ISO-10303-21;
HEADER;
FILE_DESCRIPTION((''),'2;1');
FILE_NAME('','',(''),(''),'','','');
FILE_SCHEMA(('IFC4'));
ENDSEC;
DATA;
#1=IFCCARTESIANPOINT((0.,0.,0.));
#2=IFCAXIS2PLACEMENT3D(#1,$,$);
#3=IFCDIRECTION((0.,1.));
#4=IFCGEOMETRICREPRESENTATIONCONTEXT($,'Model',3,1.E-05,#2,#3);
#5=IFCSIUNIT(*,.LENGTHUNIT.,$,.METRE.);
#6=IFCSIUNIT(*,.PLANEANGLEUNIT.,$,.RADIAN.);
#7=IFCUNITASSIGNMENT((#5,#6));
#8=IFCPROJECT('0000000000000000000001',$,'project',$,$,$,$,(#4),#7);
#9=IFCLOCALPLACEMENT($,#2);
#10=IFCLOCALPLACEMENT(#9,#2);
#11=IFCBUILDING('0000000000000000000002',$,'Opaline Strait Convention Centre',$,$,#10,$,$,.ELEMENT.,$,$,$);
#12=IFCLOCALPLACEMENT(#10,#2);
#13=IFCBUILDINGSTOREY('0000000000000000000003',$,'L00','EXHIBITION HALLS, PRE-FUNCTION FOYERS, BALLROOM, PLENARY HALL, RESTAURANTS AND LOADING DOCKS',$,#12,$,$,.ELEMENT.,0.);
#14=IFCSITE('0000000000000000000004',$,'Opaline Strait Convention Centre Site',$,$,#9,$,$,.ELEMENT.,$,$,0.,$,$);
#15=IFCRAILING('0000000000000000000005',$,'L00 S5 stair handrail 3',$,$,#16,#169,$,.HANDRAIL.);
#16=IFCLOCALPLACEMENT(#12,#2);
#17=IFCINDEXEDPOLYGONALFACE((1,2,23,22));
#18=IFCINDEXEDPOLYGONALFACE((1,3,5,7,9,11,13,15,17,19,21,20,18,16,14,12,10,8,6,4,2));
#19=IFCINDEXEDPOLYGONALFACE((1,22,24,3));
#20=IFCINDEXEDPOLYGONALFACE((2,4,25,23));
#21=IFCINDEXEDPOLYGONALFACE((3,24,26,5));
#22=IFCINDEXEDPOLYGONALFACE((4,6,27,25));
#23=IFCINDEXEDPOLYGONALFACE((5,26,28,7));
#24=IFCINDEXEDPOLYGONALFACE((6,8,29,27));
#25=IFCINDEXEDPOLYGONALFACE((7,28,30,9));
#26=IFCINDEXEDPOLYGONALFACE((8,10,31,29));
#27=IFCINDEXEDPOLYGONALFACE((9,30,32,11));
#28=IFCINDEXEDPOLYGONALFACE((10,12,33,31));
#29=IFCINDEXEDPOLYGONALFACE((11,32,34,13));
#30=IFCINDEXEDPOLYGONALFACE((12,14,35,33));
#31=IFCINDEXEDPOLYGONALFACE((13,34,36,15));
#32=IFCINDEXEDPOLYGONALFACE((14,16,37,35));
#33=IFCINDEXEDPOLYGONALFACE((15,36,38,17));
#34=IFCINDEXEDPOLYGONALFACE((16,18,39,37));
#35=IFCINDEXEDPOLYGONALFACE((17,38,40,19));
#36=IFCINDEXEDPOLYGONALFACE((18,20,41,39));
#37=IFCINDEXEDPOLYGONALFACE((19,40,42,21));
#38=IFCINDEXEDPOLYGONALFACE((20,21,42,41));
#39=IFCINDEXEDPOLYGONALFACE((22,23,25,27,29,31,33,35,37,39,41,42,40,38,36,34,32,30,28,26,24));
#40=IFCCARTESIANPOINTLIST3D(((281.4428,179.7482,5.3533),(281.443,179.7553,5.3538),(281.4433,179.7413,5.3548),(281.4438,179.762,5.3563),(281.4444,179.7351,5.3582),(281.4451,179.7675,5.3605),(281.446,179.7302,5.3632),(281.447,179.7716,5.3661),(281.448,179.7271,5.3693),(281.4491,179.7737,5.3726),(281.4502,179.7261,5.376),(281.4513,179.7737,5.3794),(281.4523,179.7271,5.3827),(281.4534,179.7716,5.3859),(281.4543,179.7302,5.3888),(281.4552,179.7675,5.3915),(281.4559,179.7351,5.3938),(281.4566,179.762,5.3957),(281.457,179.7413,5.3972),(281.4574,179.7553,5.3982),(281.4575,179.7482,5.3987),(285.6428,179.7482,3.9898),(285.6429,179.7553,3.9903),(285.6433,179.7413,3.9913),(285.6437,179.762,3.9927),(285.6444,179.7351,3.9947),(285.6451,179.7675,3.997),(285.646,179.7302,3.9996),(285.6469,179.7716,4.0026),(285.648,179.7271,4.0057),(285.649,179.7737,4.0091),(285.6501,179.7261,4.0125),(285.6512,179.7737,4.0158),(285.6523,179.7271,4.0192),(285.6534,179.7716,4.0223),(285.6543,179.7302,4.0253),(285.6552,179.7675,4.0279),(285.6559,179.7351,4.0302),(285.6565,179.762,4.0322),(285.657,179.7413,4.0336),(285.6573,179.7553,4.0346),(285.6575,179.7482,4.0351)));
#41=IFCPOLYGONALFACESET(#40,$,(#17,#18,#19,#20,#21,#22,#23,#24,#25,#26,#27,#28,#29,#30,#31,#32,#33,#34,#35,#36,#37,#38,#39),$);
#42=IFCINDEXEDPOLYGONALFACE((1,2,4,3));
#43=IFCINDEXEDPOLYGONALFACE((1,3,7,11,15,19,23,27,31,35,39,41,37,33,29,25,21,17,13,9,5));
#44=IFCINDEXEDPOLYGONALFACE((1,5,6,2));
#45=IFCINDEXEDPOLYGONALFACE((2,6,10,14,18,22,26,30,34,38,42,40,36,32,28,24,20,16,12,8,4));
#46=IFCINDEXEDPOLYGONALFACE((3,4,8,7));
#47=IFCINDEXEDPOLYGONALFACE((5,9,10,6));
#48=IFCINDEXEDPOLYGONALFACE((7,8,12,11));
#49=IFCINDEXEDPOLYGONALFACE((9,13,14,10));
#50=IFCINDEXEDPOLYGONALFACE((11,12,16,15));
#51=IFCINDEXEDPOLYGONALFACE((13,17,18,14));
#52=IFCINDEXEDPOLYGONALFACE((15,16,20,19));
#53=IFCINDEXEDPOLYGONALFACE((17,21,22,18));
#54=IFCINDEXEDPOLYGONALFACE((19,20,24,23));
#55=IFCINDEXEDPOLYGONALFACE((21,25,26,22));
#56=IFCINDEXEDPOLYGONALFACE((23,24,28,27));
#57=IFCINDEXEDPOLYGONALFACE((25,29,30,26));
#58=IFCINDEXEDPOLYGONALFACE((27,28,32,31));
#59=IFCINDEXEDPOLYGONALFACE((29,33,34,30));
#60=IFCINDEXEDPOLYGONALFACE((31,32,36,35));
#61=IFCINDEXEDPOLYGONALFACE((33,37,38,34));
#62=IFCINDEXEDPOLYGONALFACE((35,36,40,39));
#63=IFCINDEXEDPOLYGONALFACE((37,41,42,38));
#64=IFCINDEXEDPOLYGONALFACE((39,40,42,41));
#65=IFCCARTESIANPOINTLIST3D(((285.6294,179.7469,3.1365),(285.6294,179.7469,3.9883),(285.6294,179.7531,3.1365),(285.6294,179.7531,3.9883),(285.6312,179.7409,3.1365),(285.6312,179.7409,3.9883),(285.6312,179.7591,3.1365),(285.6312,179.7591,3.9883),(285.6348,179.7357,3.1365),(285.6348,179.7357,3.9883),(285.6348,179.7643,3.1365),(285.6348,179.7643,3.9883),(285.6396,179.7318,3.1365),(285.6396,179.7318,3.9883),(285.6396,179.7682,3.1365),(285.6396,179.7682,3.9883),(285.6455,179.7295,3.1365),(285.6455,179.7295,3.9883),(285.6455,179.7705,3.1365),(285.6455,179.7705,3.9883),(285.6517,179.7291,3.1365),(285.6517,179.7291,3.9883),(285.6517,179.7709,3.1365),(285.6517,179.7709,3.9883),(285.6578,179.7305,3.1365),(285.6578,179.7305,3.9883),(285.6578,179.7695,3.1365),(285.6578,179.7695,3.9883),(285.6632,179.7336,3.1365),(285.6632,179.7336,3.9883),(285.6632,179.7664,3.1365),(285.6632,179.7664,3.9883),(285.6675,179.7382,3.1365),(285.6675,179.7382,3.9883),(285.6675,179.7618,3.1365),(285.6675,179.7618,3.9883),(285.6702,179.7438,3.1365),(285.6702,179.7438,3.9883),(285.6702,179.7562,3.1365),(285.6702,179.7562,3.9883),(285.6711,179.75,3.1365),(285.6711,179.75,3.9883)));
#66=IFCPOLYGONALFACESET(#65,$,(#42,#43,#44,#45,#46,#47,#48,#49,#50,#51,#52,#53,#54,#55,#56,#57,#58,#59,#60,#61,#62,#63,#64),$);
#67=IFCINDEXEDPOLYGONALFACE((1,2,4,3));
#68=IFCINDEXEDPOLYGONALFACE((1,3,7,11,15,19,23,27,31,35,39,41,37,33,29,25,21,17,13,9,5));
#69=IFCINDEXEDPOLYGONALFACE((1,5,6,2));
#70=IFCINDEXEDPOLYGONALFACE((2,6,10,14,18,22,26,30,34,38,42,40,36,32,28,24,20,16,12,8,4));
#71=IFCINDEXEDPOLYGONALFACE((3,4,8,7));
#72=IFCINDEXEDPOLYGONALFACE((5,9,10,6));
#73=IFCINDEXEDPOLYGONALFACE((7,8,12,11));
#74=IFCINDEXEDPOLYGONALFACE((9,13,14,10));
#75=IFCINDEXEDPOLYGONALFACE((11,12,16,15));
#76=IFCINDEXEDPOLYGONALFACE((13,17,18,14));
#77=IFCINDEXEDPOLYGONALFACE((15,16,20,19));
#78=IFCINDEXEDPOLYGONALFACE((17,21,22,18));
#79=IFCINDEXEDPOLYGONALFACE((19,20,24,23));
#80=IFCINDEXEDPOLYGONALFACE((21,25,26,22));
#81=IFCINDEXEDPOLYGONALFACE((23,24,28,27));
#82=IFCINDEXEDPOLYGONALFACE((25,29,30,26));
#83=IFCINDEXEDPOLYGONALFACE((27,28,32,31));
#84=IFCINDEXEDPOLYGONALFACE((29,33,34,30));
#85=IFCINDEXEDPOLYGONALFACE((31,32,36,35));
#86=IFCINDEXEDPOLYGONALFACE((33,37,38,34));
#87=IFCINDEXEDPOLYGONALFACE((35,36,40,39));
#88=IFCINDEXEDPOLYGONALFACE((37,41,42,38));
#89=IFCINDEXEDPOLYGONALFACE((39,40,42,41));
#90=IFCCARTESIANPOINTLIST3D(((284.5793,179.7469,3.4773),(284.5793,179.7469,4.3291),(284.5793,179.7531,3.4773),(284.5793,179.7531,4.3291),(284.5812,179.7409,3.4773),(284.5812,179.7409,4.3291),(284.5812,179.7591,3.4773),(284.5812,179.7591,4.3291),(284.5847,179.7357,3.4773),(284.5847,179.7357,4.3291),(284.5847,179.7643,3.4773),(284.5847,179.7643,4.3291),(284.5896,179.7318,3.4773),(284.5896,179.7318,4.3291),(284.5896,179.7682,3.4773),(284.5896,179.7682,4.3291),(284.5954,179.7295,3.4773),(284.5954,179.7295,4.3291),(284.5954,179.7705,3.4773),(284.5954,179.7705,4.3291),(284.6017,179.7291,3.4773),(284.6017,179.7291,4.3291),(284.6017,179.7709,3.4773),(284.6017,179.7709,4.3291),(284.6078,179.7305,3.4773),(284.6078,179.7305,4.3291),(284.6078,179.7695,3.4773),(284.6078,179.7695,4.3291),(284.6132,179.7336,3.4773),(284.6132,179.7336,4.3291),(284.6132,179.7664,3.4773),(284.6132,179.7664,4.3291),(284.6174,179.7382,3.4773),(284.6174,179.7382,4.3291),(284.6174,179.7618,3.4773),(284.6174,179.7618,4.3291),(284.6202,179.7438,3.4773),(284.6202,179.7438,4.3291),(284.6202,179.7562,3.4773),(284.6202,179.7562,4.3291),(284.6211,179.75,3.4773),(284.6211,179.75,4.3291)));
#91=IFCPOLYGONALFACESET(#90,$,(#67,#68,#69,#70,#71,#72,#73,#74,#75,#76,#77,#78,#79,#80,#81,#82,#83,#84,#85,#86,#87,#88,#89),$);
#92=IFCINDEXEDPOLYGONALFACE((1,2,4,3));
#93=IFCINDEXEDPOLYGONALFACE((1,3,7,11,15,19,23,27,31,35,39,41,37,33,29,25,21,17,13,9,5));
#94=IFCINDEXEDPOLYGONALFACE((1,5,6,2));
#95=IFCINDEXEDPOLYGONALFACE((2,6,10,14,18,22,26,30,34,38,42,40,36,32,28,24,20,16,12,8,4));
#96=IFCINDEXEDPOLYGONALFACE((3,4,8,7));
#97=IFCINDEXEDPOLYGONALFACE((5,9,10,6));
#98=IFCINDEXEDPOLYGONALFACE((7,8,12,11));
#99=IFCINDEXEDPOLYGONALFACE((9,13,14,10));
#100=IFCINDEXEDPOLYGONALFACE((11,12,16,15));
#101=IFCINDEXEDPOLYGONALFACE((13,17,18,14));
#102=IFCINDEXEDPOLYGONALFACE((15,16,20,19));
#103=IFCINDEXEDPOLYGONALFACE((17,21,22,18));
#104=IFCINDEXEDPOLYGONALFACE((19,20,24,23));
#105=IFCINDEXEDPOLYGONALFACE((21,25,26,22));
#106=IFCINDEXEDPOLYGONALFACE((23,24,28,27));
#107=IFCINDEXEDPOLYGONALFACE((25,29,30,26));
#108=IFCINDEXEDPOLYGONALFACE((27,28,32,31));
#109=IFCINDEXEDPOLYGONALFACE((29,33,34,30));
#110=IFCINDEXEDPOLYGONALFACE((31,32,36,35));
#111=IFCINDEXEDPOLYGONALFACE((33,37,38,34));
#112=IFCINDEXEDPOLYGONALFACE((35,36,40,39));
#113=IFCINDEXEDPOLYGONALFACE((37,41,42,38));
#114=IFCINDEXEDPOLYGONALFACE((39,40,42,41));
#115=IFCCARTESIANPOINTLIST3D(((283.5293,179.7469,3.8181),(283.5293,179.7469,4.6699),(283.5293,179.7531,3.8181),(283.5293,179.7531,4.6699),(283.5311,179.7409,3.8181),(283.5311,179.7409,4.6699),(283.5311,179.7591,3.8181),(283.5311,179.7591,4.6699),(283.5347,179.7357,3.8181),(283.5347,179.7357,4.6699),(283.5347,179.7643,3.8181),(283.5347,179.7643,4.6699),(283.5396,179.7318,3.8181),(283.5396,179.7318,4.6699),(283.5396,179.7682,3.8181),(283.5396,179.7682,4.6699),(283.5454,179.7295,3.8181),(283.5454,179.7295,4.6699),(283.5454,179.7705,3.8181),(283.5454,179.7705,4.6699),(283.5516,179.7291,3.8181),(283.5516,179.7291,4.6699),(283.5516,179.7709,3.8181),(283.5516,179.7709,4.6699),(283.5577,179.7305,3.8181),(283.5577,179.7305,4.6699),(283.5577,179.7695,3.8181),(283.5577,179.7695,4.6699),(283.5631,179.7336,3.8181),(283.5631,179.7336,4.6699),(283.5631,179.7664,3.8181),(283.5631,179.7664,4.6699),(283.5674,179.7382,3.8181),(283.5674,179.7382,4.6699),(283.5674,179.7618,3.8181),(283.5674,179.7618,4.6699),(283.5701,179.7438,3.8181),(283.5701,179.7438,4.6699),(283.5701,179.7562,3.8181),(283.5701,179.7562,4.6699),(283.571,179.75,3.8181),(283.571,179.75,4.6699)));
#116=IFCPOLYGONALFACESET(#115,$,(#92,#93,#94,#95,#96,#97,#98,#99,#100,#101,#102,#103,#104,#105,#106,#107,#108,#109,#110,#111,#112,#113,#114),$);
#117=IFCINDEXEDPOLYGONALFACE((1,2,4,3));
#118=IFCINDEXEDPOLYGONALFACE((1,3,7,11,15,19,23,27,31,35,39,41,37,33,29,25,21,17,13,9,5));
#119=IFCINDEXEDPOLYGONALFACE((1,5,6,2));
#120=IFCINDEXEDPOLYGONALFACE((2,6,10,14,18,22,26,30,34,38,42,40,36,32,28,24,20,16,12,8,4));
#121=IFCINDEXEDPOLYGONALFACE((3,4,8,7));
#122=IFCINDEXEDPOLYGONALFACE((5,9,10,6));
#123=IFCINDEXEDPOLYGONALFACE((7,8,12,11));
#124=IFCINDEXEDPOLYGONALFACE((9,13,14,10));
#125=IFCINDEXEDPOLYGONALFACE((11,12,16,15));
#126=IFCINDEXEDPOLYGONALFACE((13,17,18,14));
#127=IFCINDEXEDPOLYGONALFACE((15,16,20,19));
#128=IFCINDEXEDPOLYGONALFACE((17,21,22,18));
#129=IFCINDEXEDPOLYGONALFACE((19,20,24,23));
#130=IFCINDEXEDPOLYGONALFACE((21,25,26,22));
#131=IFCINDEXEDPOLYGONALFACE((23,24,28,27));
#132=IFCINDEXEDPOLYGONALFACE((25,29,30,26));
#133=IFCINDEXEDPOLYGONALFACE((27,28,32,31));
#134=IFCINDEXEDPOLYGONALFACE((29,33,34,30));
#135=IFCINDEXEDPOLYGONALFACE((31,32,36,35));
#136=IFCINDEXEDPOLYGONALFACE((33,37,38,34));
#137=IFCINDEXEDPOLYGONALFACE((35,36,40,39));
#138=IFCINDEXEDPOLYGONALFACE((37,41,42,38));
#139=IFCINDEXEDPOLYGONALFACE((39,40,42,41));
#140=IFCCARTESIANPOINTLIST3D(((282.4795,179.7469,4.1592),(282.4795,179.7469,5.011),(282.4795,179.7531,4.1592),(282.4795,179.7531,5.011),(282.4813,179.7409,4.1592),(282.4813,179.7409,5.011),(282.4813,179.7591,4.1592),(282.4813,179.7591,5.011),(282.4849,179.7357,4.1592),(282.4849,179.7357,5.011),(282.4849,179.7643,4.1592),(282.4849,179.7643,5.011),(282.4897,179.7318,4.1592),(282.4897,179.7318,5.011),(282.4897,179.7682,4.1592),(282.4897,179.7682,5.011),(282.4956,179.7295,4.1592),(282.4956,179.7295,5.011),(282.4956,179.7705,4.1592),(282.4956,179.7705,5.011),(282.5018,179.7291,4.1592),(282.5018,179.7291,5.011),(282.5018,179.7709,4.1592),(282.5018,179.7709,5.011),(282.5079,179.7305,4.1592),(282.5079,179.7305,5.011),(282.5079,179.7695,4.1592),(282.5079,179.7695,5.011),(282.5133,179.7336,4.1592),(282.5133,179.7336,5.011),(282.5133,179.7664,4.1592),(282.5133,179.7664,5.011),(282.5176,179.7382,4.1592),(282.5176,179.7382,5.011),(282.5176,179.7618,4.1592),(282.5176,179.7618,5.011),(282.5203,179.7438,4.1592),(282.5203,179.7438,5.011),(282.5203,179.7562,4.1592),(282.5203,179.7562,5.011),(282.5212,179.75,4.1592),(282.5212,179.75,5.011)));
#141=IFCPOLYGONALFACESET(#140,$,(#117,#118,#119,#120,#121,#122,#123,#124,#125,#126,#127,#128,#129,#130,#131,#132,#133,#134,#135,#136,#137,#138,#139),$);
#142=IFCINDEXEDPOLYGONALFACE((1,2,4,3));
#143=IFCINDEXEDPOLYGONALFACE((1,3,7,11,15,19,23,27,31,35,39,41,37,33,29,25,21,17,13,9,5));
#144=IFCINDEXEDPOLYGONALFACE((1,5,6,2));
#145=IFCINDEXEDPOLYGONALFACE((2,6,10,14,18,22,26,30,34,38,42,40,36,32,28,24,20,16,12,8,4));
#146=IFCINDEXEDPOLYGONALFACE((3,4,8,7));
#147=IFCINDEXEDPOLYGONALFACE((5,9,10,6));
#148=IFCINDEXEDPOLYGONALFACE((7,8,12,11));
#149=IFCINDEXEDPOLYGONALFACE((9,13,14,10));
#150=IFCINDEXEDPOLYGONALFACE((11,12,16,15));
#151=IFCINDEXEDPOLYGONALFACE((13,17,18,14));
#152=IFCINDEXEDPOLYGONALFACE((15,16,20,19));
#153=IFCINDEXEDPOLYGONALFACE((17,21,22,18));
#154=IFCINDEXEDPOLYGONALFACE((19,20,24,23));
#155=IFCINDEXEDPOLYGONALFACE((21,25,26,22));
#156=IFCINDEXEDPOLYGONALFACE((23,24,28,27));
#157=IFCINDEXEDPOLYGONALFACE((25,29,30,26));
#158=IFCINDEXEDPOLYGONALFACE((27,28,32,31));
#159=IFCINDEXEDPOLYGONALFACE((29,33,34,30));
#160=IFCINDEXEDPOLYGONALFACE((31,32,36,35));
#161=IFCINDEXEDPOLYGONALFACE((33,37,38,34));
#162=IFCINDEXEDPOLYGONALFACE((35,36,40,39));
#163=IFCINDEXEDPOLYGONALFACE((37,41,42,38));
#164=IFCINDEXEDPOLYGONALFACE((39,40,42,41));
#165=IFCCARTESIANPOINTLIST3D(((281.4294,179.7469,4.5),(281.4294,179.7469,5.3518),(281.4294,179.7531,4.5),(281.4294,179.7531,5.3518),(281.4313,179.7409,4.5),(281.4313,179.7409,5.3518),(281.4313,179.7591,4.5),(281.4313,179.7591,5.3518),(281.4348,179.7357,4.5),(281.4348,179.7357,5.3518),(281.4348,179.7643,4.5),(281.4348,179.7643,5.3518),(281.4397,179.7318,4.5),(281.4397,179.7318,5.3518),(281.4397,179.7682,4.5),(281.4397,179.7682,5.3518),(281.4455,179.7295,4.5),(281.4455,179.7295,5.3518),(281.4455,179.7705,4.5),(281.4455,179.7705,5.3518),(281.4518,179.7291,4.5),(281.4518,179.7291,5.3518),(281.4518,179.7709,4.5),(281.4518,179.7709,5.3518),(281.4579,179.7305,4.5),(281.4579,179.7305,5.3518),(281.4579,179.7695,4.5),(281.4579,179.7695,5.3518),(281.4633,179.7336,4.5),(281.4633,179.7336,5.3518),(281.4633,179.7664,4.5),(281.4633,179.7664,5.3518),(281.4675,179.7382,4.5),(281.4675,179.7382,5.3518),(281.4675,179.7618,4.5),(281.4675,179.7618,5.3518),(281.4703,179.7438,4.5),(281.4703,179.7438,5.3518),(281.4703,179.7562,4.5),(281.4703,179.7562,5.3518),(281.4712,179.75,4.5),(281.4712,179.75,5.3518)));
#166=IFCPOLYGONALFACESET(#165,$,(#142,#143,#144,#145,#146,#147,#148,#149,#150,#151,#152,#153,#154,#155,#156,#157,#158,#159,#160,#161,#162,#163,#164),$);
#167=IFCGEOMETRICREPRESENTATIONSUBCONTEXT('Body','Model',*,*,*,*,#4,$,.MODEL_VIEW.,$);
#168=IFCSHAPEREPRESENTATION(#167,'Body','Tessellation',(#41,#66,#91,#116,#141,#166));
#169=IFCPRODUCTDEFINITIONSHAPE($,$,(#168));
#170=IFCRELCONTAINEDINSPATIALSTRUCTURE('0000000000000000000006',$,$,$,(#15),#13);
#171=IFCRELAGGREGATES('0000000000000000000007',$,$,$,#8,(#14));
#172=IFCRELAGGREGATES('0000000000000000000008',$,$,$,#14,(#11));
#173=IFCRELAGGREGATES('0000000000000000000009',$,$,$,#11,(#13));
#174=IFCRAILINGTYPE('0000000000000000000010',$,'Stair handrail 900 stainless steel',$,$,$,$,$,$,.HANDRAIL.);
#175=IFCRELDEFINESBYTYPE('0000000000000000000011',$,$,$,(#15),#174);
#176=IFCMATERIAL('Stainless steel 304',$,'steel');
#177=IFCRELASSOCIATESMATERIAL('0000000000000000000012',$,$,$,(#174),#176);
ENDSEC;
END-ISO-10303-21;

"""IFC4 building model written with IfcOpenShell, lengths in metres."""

from ifc_helpers import new_model, si_unit, direction, frame, origin, origin_2d, place, context, subcontext, project, spatial, circle, extrude, material, type_object, element, save


model = new_model("IFC4")

# Units and contexts
model_context = context("Model", 3, precision=1e-05, world=origin(), true_north=direction((0.0, 1.0)))
body_context = subcontext(model_context, "Body", "Model", "MODEL_VIEW")
ifc_project = project(units=[si_unit("LENGTHUNIT", "METRE"), si_unit("PLANEANGLEUNIT", "RADIAN")], contexts=[model_context])

# Site, building, storey
site_placement = place(None, origin())
site = spatial("IfcSite", under=ifc_project, at=site_placement, Name="Opaline Strait Convention Centre Site", CompositionType="ELEMENT", RefElevation=0.0)
building_placement = place(site_placement, origin())
building = spatial("IfcBuilding", under=site, at=building_placement, Name="Opaline Strait Convention Centre", CompositionType="ELEMENT")
storey_placement = place(building_placement, origin())
storey = spatial("IfcBuildingStorey", under=building, at=storey_placement, Name="L00", Description="EXHIBITION HALLS, PRE-FUNCTION FOYERS, BALLROOM, PLENARY HALL, RESTAURANTS AND LOADING DOCKS", CompositionType="ELEMENT", Elevation=0.0)

# Railing
ifc_material_1 = material(Name="Stainless steel 304", Category="steel")
railing_type_1 = type_object("IfcRailingType", Name="Stair handrail 900 stainless steel", PredefinedType="HANDRAIL", material=ifc_material_1)
railing_1_placement = place(storey_placement, frame((285.6501, 179.75, 3.1365)))
element("IfcRailing", 1, at=railing_1_placement, inside=storey, type_object=railing_type_1, Name="L00 S5 stair handrail 3", PredefinedType="HANDRAIL", context=body_context, shape_type="SweptSolid", body=[
    extrude(circle(Radius=0.0239, at=origin_2d()), frame((0.0, 0.0, 0.876), z_axis=(-0.951131, 0.0, 0.308787), x_axis=(0.0, -1.0, 0.0)), (0.0, 0.0, 1.0), 4.4158),
    extrude(circle(Radius=0.021, at=origin_2d()), origin(), (0.0, 0.0, 1.0), 0.8518),
    extrude(circle(Radius=0.021, at=origin_2d()), frame((-1.05, 0.0, 0.3408)), (0.0, 0.0, 1.0), 0.8518),
    extrude(circle(Radius=0.021, at=origin_2d()), frame((-2.1001, 0.0, 0.6816)), (0.0, 0.0, 1.0), 0.8518),
    extrude(circle(Radius=0.021, at=origin_2d()), frame((-3.1499, 0.0, 1.0227)), (0.0, 0.0, 1.0), 0.8518),
    extrude(circle(Radius=0.021, at=origin_2d()), frame((-4.2, 0.0, 1.3635)), (0.0, 0.0, 1.0), 0.8518),
])

save(model, "model.ifc")
